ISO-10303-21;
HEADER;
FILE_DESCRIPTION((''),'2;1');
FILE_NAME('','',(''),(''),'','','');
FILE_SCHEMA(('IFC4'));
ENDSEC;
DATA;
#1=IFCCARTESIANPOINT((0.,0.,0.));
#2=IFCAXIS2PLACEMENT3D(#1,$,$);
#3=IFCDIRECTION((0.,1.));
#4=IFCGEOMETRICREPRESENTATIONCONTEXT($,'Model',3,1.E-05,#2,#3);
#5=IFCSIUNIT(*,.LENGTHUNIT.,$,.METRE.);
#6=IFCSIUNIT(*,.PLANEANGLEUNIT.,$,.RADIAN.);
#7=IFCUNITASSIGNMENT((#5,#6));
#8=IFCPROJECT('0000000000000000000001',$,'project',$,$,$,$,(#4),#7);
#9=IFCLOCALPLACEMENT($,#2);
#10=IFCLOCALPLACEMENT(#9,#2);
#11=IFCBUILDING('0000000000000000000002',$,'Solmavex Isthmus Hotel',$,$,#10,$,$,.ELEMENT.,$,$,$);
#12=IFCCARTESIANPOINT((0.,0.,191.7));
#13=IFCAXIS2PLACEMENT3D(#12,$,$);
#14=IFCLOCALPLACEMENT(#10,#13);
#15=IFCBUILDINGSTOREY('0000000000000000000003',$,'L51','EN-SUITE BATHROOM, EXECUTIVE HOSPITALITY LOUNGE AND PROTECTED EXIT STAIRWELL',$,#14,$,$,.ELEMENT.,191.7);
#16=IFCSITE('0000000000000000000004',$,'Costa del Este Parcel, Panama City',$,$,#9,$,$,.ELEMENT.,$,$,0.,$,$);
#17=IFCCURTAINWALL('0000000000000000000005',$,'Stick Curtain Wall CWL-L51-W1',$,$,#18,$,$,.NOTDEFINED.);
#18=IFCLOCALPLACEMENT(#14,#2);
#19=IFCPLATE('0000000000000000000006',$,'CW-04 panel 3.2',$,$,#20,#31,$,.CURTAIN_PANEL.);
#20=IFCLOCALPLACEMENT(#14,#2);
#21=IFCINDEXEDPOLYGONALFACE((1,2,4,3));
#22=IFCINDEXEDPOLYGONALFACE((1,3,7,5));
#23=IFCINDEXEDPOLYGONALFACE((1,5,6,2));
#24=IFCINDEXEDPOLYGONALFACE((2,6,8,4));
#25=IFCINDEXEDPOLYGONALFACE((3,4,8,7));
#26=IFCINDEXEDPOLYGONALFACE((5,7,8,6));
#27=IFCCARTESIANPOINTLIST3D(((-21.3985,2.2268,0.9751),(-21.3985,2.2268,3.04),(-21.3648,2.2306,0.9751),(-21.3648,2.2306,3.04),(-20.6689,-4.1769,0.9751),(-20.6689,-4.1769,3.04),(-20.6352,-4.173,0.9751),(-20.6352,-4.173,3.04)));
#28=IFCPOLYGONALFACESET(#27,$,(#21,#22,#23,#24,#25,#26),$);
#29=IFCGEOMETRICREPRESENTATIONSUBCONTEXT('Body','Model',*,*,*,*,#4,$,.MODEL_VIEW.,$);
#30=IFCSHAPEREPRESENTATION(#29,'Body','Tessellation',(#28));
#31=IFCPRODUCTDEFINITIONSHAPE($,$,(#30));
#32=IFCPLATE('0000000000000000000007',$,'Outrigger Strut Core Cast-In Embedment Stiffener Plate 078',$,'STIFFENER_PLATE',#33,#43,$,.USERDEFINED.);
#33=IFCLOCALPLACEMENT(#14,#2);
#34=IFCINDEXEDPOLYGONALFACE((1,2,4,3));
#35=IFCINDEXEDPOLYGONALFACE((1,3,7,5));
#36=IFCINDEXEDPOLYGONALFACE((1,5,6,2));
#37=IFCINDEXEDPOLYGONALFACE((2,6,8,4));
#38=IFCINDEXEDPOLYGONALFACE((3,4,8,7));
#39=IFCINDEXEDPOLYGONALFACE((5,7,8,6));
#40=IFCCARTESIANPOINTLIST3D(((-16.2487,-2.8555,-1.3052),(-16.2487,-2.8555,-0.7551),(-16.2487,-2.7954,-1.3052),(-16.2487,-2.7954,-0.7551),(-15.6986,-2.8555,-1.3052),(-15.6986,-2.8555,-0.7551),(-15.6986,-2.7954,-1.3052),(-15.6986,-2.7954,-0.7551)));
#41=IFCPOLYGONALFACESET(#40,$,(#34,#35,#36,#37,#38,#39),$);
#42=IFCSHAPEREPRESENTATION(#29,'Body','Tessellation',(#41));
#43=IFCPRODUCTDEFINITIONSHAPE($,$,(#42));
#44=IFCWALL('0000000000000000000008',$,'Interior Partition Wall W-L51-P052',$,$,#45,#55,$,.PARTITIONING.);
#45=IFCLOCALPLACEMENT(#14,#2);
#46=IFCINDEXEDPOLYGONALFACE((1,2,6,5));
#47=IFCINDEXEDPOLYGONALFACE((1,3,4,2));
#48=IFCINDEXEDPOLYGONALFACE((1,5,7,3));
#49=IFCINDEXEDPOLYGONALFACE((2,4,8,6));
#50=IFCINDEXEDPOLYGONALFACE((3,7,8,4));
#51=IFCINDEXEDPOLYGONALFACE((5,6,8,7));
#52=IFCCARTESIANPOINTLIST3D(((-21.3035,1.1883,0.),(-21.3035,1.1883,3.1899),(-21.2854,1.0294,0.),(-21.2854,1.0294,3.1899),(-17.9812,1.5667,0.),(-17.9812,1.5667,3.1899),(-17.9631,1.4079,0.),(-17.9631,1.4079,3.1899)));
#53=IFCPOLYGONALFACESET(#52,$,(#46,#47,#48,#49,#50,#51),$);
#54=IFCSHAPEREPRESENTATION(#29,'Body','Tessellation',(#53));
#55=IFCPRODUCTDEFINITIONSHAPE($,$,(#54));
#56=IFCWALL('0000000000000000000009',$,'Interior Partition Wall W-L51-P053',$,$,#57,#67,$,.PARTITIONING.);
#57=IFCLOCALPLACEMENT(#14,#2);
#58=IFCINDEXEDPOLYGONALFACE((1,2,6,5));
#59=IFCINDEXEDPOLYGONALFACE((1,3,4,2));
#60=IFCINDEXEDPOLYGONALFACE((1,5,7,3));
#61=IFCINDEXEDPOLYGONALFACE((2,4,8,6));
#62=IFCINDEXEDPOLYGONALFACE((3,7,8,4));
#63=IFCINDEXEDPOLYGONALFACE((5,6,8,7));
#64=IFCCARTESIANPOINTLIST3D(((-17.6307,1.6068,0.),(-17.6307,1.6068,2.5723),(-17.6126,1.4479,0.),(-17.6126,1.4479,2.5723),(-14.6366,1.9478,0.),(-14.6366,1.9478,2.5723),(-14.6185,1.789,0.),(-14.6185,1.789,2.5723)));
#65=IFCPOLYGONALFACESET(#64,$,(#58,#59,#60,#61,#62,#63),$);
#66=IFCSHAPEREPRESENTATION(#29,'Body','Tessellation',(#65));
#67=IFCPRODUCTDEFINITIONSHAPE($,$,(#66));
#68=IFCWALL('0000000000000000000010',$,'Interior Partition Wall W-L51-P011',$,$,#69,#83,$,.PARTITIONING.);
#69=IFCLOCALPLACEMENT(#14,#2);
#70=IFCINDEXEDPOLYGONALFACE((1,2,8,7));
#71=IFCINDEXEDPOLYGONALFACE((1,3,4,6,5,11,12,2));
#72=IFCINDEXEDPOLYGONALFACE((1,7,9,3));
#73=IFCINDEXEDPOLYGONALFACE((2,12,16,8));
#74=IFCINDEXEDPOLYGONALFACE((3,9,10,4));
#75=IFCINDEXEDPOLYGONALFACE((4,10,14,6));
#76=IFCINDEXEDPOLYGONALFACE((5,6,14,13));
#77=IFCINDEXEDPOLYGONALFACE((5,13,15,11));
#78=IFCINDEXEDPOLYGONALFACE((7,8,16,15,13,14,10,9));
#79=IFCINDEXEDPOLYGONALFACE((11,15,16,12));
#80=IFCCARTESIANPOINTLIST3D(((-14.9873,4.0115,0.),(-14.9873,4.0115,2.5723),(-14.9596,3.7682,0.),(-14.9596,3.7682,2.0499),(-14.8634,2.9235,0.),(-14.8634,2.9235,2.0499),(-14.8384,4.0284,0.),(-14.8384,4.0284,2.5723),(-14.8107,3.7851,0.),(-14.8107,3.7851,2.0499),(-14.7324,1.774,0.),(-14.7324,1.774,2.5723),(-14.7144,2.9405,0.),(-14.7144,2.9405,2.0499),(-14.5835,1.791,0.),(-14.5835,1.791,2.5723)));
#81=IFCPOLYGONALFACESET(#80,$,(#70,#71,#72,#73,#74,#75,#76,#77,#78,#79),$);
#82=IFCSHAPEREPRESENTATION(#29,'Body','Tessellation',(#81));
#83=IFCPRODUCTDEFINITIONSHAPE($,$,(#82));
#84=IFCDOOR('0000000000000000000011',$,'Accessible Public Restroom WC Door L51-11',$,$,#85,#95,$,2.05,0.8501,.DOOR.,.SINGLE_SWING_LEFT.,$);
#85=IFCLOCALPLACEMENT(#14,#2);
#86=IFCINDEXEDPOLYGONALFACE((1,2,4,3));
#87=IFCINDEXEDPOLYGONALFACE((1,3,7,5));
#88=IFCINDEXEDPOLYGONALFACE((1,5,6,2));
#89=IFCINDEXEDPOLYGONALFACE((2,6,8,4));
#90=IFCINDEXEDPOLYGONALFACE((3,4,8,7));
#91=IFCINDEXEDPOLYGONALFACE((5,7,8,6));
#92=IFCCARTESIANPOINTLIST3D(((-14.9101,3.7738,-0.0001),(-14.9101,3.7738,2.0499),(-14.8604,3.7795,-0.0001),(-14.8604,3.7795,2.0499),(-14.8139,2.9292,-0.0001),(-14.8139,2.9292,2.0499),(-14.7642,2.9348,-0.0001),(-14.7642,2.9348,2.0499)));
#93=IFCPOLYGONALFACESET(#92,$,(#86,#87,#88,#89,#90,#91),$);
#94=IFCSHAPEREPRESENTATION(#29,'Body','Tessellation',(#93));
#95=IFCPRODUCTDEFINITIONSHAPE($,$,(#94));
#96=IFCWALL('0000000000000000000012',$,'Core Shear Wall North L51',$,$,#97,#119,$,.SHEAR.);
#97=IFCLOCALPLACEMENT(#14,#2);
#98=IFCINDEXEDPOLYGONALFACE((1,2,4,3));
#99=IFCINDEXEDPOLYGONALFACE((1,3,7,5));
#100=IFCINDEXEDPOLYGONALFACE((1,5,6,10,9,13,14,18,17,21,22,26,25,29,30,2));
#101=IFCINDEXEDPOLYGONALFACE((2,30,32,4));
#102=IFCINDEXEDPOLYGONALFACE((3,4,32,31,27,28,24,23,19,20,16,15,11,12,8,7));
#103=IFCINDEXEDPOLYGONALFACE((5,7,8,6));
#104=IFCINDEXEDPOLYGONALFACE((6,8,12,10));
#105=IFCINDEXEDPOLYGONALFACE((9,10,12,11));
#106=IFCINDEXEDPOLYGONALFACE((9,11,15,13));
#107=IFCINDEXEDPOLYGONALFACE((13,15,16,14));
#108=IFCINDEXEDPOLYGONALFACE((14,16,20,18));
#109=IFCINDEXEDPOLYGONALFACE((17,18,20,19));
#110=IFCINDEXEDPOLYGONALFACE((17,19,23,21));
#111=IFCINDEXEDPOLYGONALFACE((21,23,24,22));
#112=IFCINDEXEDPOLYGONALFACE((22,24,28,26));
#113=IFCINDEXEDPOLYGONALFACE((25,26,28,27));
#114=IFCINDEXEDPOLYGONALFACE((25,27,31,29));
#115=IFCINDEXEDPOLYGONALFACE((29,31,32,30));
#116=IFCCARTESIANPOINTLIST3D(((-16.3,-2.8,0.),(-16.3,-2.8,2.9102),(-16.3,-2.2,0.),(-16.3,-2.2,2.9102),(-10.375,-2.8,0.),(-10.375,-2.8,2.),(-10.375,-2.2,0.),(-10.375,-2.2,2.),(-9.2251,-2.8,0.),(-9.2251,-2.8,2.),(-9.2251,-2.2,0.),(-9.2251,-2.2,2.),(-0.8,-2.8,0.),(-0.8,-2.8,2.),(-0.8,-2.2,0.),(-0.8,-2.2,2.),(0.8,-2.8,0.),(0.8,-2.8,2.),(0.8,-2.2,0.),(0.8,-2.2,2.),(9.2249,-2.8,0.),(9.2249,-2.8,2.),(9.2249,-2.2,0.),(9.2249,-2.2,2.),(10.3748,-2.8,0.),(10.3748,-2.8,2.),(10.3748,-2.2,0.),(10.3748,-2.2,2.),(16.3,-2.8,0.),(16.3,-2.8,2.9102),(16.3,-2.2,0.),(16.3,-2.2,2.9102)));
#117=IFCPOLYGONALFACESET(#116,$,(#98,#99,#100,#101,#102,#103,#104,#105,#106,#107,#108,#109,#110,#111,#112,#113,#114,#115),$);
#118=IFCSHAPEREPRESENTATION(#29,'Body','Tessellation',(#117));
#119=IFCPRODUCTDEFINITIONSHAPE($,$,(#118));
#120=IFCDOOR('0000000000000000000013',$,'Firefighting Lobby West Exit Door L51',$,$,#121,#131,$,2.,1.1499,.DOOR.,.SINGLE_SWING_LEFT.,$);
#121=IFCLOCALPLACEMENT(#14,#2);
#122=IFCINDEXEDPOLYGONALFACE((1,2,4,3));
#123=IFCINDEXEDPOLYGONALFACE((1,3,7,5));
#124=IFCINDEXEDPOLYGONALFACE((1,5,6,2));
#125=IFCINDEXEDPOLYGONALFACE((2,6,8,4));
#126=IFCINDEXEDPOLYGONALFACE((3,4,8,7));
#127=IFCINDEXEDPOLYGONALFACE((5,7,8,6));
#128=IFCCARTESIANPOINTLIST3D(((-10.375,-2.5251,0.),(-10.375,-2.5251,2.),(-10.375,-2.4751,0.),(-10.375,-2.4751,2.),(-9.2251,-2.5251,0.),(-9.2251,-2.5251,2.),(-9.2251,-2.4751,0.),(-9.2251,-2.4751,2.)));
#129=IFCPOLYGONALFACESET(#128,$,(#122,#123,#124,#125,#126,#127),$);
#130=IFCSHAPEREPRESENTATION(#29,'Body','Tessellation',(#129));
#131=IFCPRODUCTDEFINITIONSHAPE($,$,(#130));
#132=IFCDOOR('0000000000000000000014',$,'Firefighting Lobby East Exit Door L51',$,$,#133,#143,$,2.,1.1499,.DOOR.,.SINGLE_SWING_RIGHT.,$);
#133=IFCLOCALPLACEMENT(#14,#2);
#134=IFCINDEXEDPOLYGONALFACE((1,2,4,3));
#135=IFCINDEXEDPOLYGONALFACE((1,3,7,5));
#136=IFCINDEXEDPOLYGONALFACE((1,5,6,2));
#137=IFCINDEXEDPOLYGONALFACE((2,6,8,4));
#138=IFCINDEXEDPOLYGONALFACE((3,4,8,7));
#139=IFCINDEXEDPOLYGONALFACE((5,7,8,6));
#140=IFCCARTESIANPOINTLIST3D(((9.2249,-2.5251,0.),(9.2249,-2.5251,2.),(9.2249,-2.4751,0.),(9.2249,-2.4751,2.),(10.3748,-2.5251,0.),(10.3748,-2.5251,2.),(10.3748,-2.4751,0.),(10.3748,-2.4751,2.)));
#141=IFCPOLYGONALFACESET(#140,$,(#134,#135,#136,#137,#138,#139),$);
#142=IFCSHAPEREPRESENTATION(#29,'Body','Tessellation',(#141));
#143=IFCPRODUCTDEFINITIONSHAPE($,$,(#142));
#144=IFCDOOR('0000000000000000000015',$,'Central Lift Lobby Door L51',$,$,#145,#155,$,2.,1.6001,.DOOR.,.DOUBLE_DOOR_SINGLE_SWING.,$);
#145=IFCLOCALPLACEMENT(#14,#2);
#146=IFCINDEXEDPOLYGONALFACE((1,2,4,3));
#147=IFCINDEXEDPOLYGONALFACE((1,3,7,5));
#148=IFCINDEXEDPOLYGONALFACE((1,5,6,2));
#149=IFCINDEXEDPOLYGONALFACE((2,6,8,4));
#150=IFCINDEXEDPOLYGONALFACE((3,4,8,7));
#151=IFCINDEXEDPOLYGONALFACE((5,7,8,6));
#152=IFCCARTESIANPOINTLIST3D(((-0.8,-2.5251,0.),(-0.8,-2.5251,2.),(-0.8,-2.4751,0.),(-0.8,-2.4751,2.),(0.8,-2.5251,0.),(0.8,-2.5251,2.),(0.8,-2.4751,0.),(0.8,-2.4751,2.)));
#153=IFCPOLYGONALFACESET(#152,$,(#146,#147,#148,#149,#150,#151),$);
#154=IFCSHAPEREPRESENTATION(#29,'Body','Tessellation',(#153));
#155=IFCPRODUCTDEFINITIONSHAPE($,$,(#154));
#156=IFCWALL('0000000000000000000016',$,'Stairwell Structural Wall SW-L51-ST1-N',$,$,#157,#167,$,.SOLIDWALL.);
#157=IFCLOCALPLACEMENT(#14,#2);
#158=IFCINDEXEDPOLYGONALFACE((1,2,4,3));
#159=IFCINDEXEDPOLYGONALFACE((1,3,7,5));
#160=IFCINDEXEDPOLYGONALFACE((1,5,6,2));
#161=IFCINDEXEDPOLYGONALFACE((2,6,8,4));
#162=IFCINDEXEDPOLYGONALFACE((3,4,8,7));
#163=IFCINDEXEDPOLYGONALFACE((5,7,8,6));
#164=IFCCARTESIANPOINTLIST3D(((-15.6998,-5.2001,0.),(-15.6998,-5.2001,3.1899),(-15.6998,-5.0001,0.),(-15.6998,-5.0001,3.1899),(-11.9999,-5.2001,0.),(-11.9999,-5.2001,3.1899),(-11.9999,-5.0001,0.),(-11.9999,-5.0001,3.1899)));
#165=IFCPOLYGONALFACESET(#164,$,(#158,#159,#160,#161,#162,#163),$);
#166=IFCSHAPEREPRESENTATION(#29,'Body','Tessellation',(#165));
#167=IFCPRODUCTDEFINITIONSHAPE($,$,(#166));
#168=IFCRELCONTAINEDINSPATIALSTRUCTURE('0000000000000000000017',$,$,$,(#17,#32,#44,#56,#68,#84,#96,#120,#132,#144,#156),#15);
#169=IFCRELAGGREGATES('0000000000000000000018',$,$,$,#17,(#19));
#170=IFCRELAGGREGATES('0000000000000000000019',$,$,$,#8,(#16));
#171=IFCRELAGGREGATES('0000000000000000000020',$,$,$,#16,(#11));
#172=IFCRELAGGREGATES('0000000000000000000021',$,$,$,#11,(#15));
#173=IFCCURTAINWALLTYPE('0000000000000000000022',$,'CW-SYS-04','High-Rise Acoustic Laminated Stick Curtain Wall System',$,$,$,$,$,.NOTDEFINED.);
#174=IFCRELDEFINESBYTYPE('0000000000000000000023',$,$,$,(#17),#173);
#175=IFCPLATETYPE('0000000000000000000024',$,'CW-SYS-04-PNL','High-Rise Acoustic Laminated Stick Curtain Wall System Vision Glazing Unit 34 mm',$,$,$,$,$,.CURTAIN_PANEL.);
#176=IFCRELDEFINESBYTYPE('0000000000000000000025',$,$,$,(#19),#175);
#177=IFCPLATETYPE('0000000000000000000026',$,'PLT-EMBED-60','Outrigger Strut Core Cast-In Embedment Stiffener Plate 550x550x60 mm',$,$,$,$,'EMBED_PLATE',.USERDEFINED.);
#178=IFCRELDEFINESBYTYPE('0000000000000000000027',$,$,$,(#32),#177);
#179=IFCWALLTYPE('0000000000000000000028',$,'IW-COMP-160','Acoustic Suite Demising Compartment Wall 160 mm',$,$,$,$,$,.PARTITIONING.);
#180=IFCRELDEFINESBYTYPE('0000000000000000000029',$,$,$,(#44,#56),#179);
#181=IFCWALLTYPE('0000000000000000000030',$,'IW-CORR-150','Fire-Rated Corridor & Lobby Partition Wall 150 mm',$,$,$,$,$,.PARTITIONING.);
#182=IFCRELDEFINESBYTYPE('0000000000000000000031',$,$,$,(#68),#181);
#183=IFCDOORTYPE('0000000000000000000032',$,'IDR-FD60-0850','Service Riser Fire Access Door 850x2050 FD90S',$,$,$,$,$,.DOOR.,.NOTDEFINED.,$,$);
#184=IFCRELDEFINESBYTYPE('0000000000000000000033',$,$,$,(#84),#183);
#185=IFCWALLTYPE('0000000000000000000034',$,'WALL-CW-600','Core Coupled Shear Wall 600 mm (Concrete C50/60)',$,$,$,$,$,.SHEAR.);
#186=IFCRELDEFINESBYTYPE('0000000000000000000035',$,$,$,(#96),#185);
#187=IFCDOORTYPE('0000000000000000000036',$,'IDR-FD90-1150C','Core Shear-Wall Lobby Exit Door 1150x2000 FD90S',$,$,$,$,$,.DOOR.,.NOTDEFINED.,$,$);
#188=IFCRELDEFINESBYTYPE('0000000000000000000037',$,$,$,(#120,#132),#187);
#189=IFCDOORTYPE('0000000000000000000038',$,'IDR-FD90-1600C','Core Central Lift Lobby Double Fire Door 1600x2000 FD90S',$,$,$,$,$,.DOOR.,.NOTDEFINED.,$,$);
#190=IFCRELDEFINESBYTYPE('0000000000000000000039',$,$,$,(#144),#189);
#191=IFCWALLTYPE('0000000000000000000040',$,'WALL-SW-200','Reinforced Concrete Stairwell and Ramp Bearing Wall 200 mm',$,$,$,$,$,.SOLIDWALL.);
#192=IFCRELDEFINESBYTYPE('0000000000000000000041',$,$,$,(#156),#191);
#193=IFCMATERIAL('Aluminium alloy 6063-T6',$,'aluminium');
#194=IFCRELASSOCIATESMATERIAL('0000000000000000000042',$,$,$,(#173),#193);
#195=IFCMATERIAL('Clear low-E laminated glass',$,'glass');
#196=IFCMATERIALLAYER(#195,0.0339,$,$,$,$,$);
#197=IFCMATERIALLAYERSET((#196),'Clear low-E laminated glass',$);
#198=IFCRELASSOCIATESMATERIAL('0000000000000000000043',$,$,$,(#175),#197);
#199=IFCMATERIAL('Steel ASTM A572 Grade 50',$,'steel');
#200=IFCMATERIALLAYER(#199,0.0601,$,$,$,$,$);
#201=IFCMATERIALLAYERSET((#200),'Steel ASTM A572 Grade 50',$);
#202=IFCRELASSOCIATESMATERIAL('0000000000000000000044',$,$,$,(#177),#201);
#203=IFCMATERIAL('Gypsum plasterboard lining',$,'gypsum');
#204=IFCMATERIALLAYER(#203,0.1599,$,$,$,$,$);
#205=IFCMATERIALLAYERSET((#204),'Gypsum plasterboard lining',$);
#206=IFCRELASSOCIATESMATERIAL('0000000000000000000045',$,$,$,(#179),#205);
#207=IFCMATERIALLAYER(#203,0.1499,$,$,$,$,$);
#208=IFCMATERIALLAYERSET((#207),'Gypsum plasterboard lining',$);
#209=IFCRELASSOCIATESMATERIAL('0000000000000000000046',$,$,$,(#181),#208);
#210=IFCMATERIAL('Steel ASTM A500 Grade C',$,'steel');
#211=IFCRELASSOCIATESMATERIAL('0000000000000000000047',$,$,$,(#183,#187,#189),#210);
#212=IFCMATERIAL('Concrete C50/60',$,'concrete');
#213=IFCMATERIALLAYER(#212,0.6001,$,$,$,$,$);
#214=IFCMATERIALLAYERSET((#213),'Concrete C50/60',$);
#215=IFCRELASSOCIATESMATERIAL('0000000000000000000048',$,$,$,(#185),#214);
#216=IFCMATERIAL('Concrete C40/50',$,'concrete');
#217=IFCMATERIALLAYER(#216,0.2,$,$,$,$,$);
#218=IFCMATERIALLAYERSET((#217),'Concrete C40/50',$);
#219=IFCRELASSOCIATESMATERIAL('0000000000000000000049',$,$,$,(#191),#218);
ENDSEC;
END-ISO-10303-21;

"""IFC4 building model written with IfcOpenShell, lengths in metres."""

from ifc_helpers import new_model, si_unit, direction, frame, frame_2d, origin, origin_2d, place, context, subcontext, project, spatial, rectangle, extrude, material, layer, layer_set, type_object, element, fill, aggregate, save


model = new_model("IFC4")

# Units and contexts
model_context = context("Model", 3, precision=1e-05, world=origin(), true_north=direction((0.0, 1.0)))
body_context = subcontext(model_context, "Body", "Model", "MODEL_VIEW")
ifc_project = project(units=[si_unit("LENGTHUNIT", "METRE"), si_unit("PLANEANGLEUNIT", "RADIAN")], contexts=[model_context])

# Site, building, storey
site_placement = place(None, origin())
site = spatial("IfcSite", under=ifc_project, at=site_placement, Name="Costa del Este Parcel, Panama City", CompositionType="ELEMENT", RefElevation=0.0)
building_placement = place(site_placement, origin())
building = spatial("IfcBuilding", under=site, at=building_placement, Name="Solmavex Isthmus Hotel", CompositionType="ELEMENT")
storey_placement = place(building_placement, frame((0.0, 0.0, 191.7)))
storey = spatial("IfcBuildingStorey", under=building, at=storey_placement, Name="L51", Description="EN-SUITE BATHROOM, EXECUTIVE HOSPITALITY LOUNGE AND PROTECTED EXIT STAIRWELL", CompositionType="ELEMENT", Elevation=191.7)

# Shared definitions
ifc_material_1 = material(Name="Concrete C50/60", Category="concrete")

# Shared definitions
ifc_material_2 = material(Name="Steel ASTM A572 Grade 50", Category="steel")

# Curtain wall, plate
ifc_material_3 = material(Name="Aluminium alloy 6063-T6", Category="aluminium")
curtain_wall_type = type_object("IfcCurtainWallType", Name="CW-SYS-04", Description="High-Rise Acoustic Laminated Stick Curtain Wall System", PredefinedType="NOTDEFINED", material=ifc_material_3)
curtain_wall_placement = place(storey_placement, origin())
curtain_wall = element("IfcCurtainWall", 1, at=curtain_wall_placement, inside=storey, type_object=curtain_wall_type, Name="Stick Curtain Wall CWL-L51-W1", PredefinedType="NOTDEFINED")
ifc_material_4 = material(Name="Clear low-E laminated glass", Category="glass")
ifc_layer_1 = layer(ifc_material_4, 0.0339)
ifc_layer_set_1 = layer_set([ifc_layer_1], Name="Clear low-E laminated glass")
plate_type_1 = type_object("IfcPlateType", Name="CW-SYS-04-PNL", Description="High-Rise Acoustic Laminated Stick Curtain Wall System Vision Glazing Unit 34 mm", PredefinedType="CURTAIN_PANEL", material=ifc_layer_set_1)
plate_1_placement = place(storey_placement, frame((-21.0168, -0.9731, 0.9751), z_axis=(0.0, 0.0, 1.0), x_axis=(-0.113203, 0.993572, 0.0)))
plate_1 = element("IfcPlate", 2, at=plate_1_placement, type_object=plate_type_1, Name="CW-04 panel 3.2", PredefinedType="CURTAIN_PANEL", context=body_context, shape_type="SweptSolid", body=[
    extrude(rectangle(XDim=6.4451, YDim=0.0339, at=origin_2d()), origin(), (0.0, 0.0, 1.0), 2.0649),
])
aggregate(curtain_wall, [plate_1])

# Plate
ifc_layer_2 = layer(ifc_material_2, 0.0601)
ifc_layer_set_2 = layer_set([ifc_layer_2], Name="Steel ASTM A572 Grade 50")
plate_type_2 = type_object("IfcPlateType", Name="PLT-EMBED-60", Description="Outrigger Strut Core Cast-In Embedment Stiffener Plate 550x550x60 mm", ElementType="EMBED_PLATE", PredefinedType="USERDEFINED", material=ifc_layer_set_2)
plate_2_placement = place(storey_placement, frame((-15.9736, -2.8254, -1.3052), z_axis=(0.0, 0.0, 1.0), x_axis=(1.0, 0.0, 0.0)))
element("IfcPlate", 3, at=plate_2_placement, inside=storey, type_object=plate_type_2, Name="Outrigger Strut Core Cast-In Embedment Stiffener Plate 078", ObjectType="STIFFENER_PLATE", PredefinedType="USERDEFINED", context=body_context, shape_type="SweptSolid", body=[
    extrude(rectangle(XDim=0.55, YDim=0.0601, at=origin_2d()), origin(), (0.0, 0.0, 1.0), 0.55),
])

# Walls
ifc_material_5 = material(Name="Gypsum plasterboard lining", Category="gypsum")
ifc_layer_3 = layer(ifc_material_5, 0.1599)
ifc_layer_set_3 = layer_set([ifc_layer_3], Name="Gypsum plasterboard lining")
wall_type_1 = type_object("IfcWallType", Name="IW-COMP-160", Description="Acoustic Suite Demising Compartment Wall 160 mm", PredefinedType="PARTITIONING", material=ifc_layer_set_3)
wall_1_placement = place(storey_placement, frame((-17.9722, 1.4873, 0.0), z_axis=(0.0, 0.0, 1.0), x_axis=(-0.993575, -0.113172, 0.0)))
element("IfcWall", 4, at=wall_1_placement, inside=storey, type_object=wall_type_1, Name="Interior Partition Wall W-L51-P052", PredefinedType="PARTITIONING", context=body_context, shape_type="SweptSolid", body=[
    extrude(rectangle(XDim=3.3438, YDim=0.1599, at=frame_2d((1.6719, 0.0))), origin(), (0.0, 0.0, 1.0), 3.1899),
])
wall_2_placement = place(storey_placement, frame((-14.6274, 1.8684, 0.0), z_axis=(0.0, 0.0, 1.0), x_axis=(-0.993575, -0.113179, 0.0)))
element("IfcWall", 5, at=wall_2_placement, inside=storey, type_object=wall_type_1, Name="Interior Partition Wall W-L51-P053", PredefinedType="PARTITIONING", context=body_context, shape_type="SweptSolid", body=[
    extrude(rectangle(XDim=3.0134, YDim=0.1599, at=frame_2d((1.5068, 0.0))), origin(), (0.0, 0.0, 1.0), 2.5723),
])

# Wall, opening, door
ifc_layer_4 = layer(ifc_material_5, 0.1499)
ifc_layer_set_4 = layer_set([ifc_layer_4], Name="Gypsum plasterboard lining")
wall_type_2 = type_object("IfcWallType", Name="IW-CORR-150", Description="Fire-Rated Corridor & Lobby Partition Wall 150 mm", PredefinedType="PARTITIONING", material=ifc_layer_set_4)
wall_3_placement = place(storey_placement, frame((-14.658, 1.7825, 0.0), z_axis=(0.0, 0.0, 1.0), x_axis=(-0.11318, 0.993575, 0.0)))
wall_3 = element("IfcWall", 6, at=wall_3_placement, inside=storey, type_object=wall_type_2, Name="Interior Partition Wall W-L51-P011", PredefinedType="PARTITIONING", context=body_context, shape_type="SweptSolid", body=[
    extrude(rectangle(XDim=2.252, YDim=0.1499, at=frame_2d((1.126, 0.0))), origin(), (0.0, 0.0, 1.0), 2.5723),
])
opening_1_placement = place(wall_3_placement, frame((1.157, 0.0, 0.0)))
opening_1 = element("IfcOpeningElement", 7, at=opening_1_placement, cuts=wall_3, PredefinedType="OPENING", context=body_context, shape_type="SweptSolid", body=[
    extrude(rectangle(XDim=0.8501, YDim=2.05, at=frame_2d((0.425, 1.0249))), frame((0.0, 0.085, 0.0), z_axis=(0.0, -1.0, 0.0), x_axis=(1.0, 0.0, 0.0)), (0.0, 0.0, 1.0), 0.1699),
])
ifc_material_6 = material(Name="Steel ASTM A500 Grade C", Category="steel")
door_type_1 = type_object("IfcDoorType", Name="IDR-FD60-0850", Description="Service Riser Fire Access Door 850x2050 FD90S", OperationType="NOTDEFINED", PredefinedType="DOOR", material=ifc_material_6)
door_1_placement = place(opening_1_placement, frame((0.8501, 0.0, 0.0), z_axis=(0.0, 0.0, 1.0), x_axis=(-1.0, 0.0, 0.0)))
door_1 = element("IfcDoor", 8, at=door_1_placement, inside=storey, type_object=door_type_1, Name="Accessible Public Restroom WC Door L51-11", OperationType="SINGLE_SWING_LEFT", OverallHeight=2.05, OverallWidth=0.8501, PredefinedType="DOOR", context=body_context, shape_type="SweptSolid", body=[
    extrude(rectangle(XDim=0.8501, YDim=2.05, at=frame_2d((0.425, 1.0249))), frame((0.0, 0.0249, 0.0), z_axis=(0.0, -1.0, 0.0), x_axis=(1.0, 0.0, 0.0)), (0.0, 0.0, 1.0), 0.05),
])
fill(opening_1, door_1)

# Wall, openings, doors
ifc_layer_5 = layer(ifc_material_1, 0.6001)
ifc_layer_set_5 = layer_set([ifc_layer_5], Name="Concrete C50/60")
wall_type_3 = type_object("IfcWallType", Name="WALL-CW-600", Description="Core Coupled Shear Wall 600 mm (Concrete C50/60)", PredefinedType="SHEAR", material=ifc_layer_set_5)
wall_4_placement = place(storey_placement, frame((-16.3, -2.5, 0.0), z_axis=(0.0, 0.0, 1.0), x_axis=(1.0, 0.0, 0.0)))
wall_4 = element("IfcWall", 9, at=wall_4_placement, inside=storey, type_object=wall_type_3, Name="Core Shear Wall North L51", PredefinedType="SHEAR", context=body_context, shape_type="SweptSolid", body=[
    extrude(rectangle(XDim=32.6001, YDim=0.6001, at=frame_2d((16.3, 0.0))), origin(), (0.0, 0.0, 1.0), 2.9102),
])
opening_2_placement = place(wall_4_placement, frame((5.925, 0.0, 0.0)))
opening_2 = element("IfcOpeningElement", 10, at=opening_2_placement, cuts=wall_4, PredefinedType="OPENING", context=body_context, shape_type="SweptSolid", body=[
    extrude(rectangle(XDim=1.1499, YDim=2.0, at=frame_2d((0.575, 1.0))), frame((0.0, 0.3101, 0.0), z_axis=(0.0, -1.0, 0.0), x_axis=(1.0, 0.0, 0.0)), (0.0, 0.0, 1.0), 0.6201),
])
opening_3_placement = place(wall_4_placement, frame((15.5, 0.0, 0.0)))
opening_3 = element("IfcOpeningElement", 11, at=opening_3_placement, cuts=wall_4, PredefinedType="OPENING", context=body_context, shape_type="SweptSolid", body=[
    extrude(rectangle(XDim=1.6001, YDim=2.0, at=frame_2d((0.8, 1.0))), frame((0.0, 0.3101, 0.0), z_axis=(0.0, -1.0, 0.0), x_axis=(1.0, 0.0, 0.0)), (0.0, 0.0, 1.0), 0.6201),
])
opening_4_placement = place(wall_4_placement, frame((25.5249, 0.0, 0.0)))
opening_4 = element("IfcOpeningElement", 12, at=opening_4_placement, cuts=wall_4, PredefinedType="OPENING", context=body_context, shape_type="SweptSolid", body=[
    extrude(rectangle(XDim=1.1499, YDim=2.0, at=frame_2d((0.575, 1.0))), frame((0.0, 0.3101, 0.0), z_axis=(0.0, -1.0, 0.0), x_axis=(1.0, 0.0, 0.0)), (0.0, 0.0, 1.0), 0.6201),
])
door_type_2 = type_object("IfcDoorType", Name="IDR-FD90-1150C", Description="Core Shear-Wall Lobby Exit Door 1150x2000 FD90S", OperationType="NOTDEFINED", PredefinedType="DOOR", material=ifc_material_6)
door_2_placement = place(opening_2_placement, origin())
door_2 = element("IfcDoor", 13, at=door_2_placement, inside=storey, type_object=door_type_2, Name="Firefighting Lobby West Exit Door L51", OperationType="SINGLE_SWING_LEFT", OverallHeight=2.0, OverallWidth=1.1499, PredefinedType="DOOR", context=body_context, shape_type="SweptSolid", body=[
    extrude(rectangle(XDim=1.1499, YDim=2.0, at=frame_2d((0.575, 1.0))), frame((0.0, 0.0249, 0.0), z_axis=(0.0, -1.0, 0.0), x_axis=(1.0, 0.0, 0.0)), (0.0, 0.0, 1.0), 0.05),
])
fill(opening_2, door_2)
door_3_placement = place(opening_4_placement, origin())
door_3 = element("IfcDoor", 14, at=door_3_placement, inside=storey, type_object=door_type_2, Name="Firefighting Lobby East Exit Door L51", OperationType="SINGLE_SWING_RIGHT", OverallHeight=2.0, OverallWidth=1.1499, PredefinedType="DOOR", context=body_context, shape_type="SweptSolid", body=[
    extrude(rectangle(XDim=1.1499, YDim=2.0, at=frame_2d((0.575, 1.0))), frame((0.0, 0.0249, 0.0), z_axis=(0.0, -1.0, 0.0), x_axis=(1.0, 0.0, 0.0)), (0.0, 0.0, 1.0), 0.05),
])
fill(opening_4, door_3)
door_type_3 = type_object("IfcDoorType", Name="IDR-FD90-1600C", Description="Core Central Lift Lobby Double Fire Door 1600x2000 FD90S", OperationType="NOTDEFINED", PredefinedType="DOOR", material=ifc_material_6)
door_4_placement = place(opening_3_placement, origin())
door_4 = element("IfcDoor", 15, at=door_4_placement, inside=storey, type_object=door_type_3, Name="Central Lift Lobby Door L51", OperationType="DOUBLE_DOOR_SINGLE_SWING", OverallHeight=2.0, OverallWidth=1.6001, PredefinedType="DOOR", context=body_context, shape_type="SweptSolid", body=[
    extrude(rectangle(XDim=1.6001, YDim=2.0, at=frame_2d((0.8, 1.0))), frame((0.0, 0.0249, 0.0), z_axis=(0.0, -1.0, 0.0), x_axis=(1.0, 0.0, 0.0)), (0.0, 0.0, 1.0), 0.05),
])
fill(opening_3, door_4)

# Wall
ifc_material_7 = material(Name="Concrete C40/50", Category="concrete")
ifc_layer_6 = layer(ifc_material_7, 0.2)
ifc_layer_set_6 = layer_set([ifc_layer_6], Name="Concrete C40/50")
wall_type_4 = type_object("IfcWallType", Name="WALL-SW-200", Description="Reinforced Concrete Stairwell and Ramp Bearing Wall 200 mm", PredefinedType="SOLIDWALL", material=ifc_layer_set_6)
wall_5_placement = place(storey_placement, frame((-15.7, -5.1001, 0.0), z_axis=(0.0, 0.0, 1.0), x_axis=(1.0, 0.0, 0.0)))
element("IfcWall", 16, at=wall_5_placement, inside=storey, type_object=wall_type_4, Name="Stairwell Structural Wall SW-L51-ST1-N", PredefinedType="SOLIDWALL", context=body_context, shape_type="SweptSolid", body=[
    extrude(rectangle(XDim=3.7, YDim=0.2, at=frame_2d((1.8501, 0.0))), origin(), (0.0, 0.0, 1.0), 3.1899),
])

save(model, "model.ifc")
